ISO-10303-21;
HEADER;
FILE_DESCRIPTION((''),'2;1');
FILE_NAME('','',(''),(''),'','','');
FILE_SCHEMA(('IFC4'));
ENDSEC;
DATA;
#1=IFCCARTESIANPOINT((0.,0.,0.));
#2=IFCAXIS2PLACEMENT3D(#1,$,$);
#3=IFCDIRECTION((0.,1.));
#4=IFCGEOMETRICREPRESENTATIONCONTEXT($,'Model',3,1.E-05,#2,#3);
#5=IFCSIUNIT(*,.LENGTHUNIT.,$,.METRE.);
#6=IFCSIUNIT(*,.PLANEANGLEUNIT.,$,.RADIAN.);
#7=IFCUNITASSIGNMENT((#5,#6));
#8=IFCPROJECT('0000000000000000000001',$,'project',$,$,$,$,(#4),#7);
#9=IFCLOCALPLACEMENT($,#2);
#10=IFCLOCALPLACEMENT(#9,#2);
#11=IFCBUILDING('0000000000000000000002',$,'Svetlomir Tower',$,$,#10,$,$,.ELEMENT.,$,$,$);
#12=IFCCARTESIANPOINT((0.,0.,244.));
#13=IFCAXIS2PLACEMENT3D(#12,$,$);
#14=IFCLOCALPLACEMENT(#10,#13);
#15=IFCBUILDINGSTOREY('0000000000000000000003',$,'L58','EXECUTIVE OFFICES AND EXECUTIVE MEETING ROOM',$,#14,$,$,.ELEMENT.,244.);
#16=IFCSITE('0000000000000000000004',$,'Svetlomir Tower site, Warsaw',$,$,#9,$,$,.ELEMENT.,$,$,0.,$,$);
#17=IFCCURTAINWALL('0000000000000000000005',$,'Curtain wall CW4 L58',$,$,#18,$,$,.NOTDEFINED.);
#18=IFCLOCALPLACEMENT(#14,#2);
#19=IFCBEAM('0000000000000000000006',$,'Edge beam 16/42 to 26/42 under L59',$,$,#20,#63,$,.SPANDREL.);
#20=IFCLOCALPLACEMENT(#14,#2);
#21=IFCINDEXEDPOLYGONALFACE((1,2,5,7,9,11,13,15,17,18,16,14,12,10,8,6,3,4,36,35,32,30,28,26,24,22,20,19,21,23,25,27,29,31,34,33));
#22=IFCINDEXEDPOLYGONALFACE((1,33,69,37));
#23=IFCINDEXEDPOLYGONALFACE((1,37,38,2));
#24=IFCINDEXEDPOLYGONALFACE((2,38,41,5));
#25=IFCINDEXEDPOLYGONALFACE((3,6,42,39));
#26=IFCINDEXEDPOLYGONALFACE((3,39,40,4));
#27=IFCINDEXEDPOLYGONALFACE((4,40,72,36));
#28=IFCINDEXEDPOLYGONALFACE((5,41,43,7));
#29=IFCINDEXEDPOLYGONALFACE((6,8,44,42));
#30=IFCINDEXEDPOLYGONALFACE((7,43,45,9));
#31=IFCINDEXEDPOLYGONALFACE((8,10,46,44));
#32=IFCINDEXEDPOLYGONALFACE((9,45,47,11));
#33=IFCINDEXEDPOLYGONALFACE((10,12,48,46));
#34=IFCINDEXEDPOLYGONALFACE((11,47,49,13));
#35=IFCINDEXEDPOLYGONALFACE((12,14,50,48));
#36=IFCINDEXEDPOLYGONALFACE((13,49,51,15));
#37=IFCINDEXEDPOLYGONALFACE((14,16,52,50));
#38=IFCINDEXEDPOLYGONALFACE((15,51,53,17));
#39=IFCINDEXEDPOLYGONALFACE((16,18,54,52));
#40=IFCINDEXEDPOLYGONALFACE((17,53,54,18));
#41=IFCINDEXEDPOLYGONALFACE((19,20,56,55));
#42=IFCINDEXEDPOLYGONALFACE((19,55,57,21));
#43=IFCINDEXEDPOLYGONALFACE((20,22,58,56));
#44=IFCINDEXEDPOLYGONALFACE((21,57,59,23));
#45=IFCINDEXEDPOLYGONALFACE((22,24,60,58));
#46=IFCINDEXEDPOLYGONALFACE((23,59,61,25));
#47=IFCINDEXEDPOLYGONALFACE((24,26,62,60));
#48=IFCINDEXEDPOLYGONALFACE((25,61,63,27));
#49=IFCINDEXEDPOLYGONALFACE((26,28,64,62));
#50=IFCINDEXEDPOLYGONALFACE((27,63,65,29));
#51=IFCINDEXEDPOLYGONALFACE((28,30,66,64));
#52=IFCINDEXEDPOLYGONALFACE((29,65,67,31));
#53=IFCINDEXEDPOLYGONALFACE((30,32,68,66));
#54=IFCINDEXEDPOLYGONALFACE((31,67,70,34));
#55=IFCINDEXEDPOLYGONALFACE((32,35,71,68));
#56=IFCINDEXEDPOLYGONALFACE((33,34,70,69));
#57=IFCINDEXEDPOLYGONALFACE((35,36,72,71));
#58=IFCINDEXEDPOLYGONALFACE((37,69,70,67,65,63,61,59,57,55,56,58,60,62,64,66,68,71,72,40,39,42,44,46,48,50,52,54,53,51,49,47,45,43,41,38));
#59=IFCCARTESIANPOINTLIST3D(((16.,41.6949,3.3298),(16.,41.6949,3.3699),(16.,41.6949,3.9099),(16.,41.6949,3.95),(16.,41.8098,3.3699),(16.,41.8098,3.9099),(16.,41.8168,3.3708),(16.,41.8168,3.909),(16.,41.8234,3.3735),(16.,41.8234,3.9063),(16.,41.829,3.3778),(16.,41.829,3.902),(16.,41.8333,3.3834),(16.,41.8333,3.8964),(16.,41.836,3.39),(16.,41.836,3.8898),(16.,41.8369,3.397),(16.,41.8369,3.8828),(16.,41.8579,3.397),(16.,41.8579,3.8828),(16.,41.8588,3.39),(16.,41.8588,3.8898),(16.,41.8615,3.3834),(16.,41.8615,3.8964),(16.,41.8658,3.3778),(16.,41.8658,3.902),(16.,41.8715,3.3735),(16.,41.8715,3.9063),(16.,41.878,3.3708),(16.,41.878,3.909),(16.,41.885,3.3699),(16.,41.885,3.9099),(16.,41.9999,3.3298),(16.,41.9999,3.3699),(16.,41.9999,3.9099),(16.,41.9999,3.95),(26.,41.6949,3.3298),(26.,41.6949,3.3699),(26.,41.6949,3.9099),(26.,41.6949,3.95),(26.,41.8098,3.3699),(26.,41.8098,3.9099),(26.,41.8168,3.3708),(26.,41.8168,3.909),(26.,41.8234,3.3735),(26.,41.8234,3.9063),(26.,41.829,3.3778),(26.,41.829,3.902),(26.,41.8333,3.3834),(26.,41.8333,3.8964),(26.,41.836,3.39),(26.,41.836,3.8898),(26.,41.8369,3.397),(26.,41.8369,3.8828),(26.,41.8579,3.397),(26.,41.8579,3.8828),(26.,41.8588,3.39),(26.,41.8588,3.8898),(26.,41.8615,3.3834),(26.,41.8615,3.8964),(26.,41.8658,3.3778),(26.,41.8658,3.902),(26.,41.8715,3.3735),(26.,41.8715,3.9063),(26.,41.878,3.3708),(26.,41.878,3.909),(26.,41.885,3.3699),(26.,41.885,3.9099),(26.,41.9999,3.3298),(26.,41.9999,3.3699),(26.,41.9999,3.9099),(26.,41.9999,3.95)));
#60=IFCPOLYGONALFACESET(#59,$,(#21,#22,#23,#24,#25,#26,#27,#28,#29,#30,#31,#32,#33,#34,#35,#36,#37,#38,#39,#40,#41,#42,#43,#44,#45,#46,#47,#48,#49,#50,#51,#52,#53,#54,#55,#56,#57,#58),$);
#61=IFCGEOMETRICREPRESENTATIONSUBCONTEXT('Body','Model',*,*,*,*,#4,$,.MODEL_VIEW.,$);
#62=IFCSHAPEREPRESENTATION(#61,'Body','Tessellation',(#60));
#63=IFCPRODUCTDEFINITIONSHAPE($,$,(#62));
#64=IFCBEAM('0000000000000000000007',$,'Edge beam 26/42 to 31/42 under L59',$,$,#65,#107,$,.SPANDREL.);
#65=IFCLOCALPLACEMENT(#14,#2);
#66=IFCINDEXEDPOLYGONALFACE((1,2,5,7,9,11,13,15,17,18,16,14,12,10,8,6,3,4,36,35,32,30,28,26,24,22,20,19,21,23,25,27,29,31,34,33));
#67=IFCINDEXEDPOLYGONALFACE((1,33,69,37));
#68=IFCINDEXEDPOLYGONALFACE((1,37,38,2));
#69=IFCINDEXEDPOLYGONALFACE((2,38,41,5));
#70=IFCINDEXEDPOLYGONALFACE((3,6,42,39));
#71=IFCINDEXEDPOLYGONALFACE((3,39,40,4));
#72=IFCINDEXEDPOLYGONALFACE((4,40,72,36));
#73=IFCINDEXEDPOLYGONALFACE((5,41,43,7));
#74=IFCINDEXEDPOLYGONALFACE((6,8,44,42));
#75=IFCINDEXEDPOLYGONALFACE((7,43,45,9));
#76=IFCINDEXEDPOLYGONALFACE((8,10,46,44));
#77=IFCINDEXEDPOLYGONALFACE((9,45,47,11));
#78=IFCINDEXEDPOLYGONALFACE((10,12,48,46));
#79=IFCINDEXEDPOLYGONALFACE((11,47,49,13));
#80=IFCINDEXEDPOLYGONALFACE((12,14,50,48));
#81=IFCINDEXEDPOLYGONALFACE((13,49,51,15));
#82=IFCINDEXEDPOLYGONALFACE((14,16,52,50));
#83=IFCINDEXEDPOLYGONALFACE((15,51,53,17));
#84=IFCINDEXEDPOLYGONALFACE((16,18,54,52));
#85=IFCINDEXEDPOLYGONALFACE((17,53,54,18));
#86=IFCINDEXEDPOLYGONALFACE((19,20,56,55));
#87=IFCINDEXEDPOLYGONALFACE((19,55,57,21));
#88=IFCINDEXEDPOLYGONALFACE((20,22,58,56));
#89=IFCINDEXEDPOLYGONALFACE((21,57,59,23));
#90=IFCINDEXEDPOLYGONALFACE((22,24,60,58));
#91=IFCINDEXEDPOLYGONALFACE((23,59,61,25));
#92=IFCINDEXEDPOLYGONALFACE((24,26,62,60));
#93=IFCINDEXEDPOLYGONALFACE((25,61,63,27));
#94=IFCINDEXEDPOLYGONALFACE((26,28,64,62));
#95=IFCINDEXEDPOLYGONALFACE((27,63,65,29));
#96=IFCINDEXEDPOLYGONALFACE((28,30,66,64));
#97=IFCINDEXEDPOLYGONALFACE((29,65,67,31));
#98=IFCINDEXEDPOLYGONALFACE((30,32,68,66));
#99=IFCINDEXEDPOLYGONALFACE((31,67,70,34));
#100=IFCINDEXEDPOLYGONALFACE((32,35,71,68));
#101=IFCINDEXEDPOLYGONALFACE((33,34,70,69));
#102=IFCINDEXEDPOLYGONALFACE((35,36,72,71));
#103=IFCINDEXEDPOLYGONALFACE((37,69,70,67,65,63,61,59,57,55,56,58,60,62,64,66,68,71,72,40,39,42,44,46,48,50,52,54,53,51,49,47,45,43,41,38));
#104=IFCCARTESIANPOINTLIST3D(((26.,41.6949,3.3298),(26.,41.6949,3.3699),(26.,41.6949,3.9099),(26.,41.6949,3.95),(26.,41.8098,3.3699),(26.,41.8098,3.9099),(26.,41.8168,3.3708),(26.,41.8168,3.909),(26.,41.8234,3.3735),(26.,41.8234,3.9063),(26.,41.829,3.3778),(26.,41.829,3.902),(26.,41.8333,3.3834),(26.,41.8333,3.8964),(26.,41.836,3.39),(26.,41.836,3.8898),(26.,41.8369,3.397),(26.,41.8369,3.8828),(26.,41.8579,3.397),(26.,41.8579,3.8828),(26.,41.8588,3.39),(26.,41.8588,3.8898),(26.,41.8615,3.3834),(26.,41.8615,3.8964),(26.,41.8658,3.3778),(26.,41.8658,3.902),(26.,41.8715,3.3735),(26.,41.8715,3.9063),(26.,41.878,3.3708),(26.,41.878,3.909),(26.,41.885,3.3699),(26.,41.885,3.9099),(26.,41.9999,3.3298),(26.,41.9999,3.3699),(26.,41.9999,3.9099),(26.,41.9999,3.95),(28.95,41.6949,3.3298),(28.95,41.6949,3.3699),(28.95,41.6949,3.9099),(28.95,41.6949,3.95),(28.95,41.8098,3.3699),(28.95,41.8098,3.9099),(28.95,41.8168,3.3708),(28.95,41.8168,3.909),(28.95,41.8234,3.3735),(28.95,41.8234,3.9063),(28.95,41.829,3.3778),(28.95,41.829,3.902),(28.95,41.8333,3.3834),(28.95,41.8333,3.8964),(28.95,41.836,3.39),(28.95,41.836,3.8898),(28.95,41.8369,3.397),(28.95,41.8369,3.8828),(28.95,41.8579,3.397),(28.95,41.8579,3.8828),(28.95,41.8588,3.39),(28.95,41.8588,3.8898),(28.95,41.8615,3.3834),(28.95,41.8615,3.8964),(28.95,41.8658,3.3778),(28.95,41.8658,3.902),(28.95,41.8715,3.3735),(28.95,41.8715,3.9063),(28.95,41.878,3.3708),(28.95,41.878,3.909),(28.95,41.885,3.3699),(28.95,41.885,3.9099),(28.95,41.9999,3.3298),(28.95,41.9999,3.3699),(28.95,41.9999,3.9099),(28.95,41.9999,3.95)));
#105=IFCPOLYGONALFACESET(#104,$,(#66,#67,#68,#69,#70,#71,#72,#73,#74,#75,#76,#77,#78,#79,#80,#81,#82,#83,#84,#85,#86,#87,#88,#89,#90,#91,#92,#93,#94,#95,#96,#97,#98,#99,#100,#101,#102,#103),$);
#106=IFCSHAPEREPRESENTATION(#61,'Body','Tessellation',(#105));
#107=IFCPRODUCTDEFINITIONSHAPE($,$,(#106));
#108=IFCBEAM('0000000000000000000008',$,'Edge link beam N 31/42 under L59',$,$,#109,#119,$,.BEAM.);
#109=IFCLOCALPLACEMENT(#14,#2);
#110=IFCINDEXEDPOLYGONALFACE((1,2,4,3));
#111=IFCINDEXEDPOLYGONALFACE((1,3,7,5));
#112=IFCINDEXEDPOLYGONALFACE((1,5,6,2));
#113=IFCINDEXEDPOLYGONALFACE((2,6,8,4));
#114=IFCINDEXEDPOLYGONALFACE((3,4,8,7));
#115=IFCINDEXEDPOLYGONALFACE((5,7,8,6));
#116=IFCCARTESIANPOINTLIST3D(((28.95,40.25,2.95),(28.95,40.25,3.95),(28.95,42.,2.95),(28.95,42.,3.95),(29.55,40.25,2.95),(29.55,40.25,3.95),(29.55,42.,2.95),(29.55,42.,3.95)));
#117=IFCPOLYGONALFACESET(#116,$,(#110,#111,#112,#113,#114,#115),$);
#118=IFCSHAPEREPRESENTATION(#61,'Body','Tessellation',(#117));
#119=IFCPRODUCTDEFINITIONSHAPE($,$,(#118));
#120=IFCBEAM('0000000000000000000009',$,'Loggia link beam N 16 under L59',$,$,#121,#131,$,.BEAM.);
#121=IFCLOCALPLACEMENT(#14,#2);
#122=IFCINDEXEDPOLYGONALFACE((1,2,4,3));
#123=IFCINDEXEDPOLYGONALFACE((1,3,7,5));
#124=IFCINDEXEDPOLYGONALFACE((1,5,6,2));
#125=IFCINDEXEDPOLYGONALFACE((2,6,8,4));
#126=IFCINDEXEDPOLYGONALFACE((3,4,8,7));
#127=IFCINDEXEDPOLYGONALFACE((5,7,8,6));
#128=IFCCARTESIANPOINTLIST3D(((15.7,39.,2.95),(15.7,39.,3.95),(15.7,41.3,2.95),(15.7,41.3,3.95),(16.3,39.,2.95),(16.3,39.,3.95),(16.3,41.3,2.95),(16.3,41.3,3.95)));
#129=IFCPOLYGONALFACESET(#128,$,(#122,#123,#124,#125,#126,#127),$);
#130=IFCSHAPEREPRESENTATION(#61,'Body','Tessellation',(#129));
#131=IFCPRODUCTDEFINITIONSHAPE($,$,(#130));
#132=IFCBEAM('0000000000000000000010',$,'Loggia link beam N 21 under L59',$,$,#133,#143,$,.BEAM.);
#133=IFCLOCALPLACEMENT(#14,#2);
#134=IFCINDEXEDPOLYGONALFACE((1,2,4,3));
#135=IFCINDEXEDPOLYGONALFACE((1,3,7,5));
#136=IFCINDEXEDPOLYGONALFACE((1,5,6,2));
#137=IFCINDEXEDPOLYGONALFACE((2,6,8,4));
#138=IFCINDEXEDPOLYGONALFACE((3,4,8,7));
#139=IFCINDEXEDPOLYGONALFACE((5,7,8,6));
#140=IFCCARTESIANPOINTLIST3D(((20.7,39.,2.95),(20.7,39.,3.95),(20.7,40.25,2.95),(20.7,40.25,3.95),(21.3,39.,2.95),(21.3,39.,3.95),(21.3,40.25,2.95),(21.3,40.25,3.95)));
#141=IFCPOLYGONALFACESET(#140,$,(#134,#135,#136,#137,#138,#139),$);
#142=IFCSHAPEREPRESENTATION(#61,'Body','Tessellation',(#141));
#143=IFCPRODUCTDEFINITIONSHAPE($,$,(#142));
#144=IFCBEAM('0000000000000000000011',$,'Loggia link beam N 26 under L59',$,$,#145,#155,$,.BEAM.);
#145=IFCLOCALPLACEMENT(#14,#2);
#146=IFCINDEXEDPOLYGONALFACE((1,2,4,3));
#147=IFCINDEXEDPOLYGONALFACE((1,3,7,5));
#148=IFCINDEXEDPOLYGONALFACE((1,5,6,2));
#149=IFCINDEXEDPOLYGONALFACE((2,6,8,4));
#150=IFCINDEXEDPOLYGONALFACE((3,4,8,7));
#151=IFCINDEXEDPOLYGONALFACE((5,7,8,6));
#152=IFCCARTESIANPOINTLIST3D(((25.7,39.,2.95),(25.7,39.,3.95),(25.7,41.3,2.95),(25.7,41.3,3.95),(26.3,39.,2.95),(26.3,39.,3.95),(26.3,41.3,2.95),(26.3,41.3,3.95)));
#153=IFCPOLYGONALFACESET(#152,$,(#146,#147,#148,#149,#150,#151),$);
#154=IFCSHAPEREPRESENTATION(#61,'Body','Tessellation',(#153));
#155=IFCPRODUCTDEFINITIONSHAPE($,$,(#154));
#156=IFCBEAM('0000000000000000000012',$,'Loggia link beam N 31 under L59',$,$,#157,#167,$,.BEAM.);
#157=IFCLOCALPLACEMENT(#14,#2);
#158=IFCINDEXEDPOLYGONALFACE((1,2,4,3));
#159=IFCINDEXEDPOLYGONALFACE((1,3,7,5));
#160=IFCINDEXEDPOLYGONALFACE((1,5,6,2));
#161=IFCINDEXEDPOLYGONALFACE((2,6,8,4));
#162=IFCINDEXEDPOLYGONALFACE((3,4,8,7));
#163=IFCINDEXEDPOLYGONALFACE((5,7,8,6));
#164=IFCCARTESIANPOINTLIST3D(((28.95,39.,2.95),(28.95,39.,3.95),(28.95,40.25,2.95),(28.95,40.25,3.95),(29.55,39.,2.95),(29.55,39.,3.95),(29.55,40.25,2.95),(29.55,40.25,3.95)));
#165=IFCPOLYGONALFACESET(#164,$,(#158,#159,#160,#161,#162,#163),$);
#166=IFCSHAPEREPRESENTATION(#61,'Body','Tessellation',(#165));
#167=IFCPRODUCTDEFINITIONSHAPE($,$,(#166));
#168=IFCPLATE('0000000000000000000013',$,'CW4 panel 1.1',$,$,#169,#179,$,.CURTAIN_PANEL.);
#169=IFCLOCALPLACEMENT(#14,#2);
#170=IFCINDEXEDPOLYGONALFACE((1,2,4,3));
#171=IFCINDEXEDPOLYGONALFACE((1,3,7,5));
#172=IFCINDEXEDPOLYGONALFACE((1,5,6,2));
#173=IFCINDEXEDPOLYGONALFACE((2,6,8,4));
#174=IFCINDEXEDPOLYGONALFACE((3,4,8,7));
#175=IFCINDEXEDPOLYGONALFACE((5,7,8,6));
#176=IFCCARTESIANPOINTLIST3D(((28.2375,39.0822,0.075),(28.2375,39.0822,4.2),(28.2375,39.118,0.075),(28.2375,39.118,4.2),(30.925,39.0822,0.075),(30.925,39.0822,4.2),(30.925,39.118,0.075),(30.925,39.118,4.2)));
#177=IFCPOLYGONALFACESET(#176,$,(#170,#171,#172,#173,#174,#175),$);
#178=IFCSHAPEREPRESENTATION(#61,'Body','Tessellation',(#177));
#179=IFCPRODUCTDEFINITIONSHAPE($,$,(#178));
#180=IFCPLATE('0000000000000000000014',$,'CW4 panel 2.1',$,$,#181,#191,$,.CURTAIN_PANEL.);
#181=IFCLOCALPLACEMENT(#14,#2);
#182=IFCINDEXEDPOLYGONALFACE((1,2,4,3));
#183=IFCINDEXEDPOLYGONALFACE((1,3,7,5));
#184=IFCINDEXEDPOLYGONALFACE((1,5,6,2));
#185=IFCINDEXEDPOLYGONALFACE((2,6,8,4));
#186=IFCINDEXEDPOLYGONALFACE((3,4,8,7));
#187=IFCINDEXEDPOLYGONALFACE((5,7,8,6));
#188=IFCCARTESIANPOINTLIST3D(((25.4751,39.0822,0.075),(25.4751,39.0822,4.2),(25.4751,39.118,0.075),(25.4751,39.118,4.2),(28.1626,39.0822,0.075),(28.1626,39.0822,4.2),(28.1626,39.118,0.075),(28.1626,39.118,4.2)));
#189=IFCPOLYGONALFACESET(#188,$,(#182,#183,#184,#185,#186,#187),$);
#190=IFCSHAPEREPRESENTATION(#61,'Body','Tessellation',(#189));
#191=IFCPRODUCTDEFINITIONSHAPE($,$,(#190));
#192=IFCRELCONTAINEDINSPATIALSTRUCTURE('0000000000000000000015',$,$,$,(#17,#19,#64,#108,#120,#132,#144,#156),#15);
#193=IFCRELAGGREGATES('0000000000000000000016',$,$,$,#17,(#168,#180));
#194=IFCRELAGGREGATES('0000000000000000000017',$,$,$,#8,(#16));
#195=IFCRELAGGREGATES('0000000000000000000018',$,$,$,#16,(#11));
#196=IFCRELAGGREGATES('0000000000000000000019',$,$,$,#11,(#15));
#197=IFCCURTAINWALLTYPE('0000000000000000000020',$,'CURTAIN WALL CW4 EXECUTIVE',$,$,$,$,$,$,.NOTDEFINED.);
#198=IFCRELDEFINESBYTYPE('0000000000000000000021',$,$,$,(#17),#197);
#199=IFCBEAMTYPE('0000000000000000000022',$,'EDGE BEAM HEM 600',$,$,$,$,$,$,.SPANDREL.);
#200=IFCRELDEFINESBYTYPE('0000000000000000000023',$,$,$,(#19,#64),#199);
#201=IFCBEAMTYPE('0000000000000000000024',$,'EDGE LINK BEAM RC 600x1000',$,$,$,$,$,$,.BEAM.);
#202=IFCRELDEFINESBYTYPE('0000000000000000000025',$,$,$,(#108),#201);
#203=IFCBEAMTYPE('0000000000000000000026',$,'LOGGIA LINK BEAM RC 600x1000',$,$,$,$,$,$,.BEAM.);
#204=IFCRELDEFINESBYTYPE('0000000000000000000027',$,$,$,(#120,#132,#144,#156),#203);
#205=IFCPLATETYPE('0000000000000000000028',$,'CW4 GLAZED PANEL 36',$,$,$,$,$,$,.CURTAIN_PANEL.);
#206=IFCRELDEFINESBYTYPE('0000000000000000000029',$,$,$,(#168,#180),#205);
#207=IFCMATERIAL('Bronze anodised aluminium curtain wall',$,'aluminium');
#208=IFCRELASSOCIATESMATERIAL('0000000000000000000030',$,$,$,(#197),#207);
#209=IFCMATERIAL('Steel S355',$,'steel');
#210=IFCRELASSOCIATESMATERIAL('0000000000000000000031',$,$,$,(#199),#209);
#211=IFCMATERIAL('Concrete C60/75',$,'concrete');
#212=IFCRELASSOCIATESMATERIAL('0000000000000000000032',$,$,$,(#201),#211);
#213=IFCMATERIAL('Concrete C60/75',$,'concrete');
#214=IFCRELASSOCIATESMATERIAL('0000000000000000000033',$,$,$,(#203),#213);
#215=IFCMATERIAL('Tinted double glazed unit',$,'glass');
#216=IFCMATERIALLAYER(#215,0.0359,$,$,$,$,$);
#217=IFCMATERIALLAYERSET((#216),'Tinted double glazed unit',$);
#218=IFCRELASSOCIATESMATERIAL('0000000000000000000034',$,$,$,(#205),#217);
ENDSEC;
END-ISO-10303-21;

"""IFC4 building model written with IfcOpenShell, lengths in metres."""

from ifc_helpers import new_model, si_unit, direction, frame, origin, origin_2d, place, context, subcontext, project, spatial, rectangle, i_section, extrude, material, layer, layer_set, material_profile, profile_set, type_object, element, aggregate, save


model = new_model("IFC4")

# Units and contexts
model_context = context("Model", 3, precision=1e-05, world=origin(), true_north=direction((0.0, 1.0)))
body_context = subcontext(model_context, "Body", "Model", "MODEL_VIEW")
ifc_project = project(units=[si_unit("LENGTHUNIT", "METRE"), si_unit("PLANEANGLEUNIT", "RADIAN")], contexts=[model_context])

# Site, building, storey
site_placement = place(None, origin())
site = spatial("IfcSite", under=ifc_project, at=site_placement, Name="Svetlomir Tower site, Warsaw", CompositionType="ELEMENT", RefElevation=0.0)
building_placement = place(site_placement, origin())
building = spatial("IfcBuilding", under=site, at=building_placement, Name="Svetlomir Tower", CompositionType="ELEMENT")
storey_placement = place(building_placement, frame((0.0, 0.0, 244.0)))
storey = spatial("IfcBuildingStorey", under=building, at=storey_placement, Name="L58", Description="EXECUTIVE OFFICES AND EXECUTIVE MEETING ROOM", CompositionType="ELEMENT", Elevation=244.0)

# Shared definitions
ifc_material_1 = material(Name="Bronze anodised aluminium curtain wall", Category="aluminium")
curtain_wall_type = type_object("IfcCurtainWallType", Name="CURTAIN WALL CW4 EXECUTIVE", PredefinedType="NOTDEFINED", material=ifc_material_1)

# Curtain wall
curtain_wall_1_placement = place(storey_placement, origin())
curtain_wall_1 = element("IfcCurtainWall", 1, at=curtain_wall_1_placement, inside=storey, type_object=curtain_wall_type, Name="Curtain wall CW4 L58", PredefinedType="NOTDEFINED")

# Beams
ifc_material_2 = material(Name="Steel S355", Category="steel")
ifc_material_profile_1 = material_profile(ifc_material_2, i_section(OverallWidth=0.3049, OverallDepth=0.6201, WebThickness=0.021, FlangeThickness=0.04, FilletRadius=0.0271, at=origin_2d()), Name="HEM 600")
ifc_profile_set_1 = profile_set([ifc_material_profile_1], Name="Steel S355")
beam_type_1 = type_object("IfcBeamType", Name="EDGE BEAM HEM 600", PredefinedType="SPANDREL", material=ifc_profile_set_1)
beam_1_placement = place(storey_placement, frame((16.0, 41.8474, 3.6399), z_axis=(1.0, 0.0, 0.0), x_axis=(0.0, 1.0, 0.0)))
element("IfcBeam", 2, at=beam_1_placement, inside=storey, type_object=beam_type_1, Name="Edge beam 16/42 to 26/42 under L59", PredefinedType="SPANDREL", context=body_context, shape_type="SweptSolid", body=[
    extrude(i_section(OverallWidth=0.3049, OverallDepth=0.6201, WebThickness=0.021, FlangeThickness=0.04, FilletRadius=0.0271, at=origin_2d()), origin(), (0.0, 0.0, 1.0), 10.0),
])
beam_2_placement = place(storey_placement, frame((26.0, 41.8474, 3.6399), z_axis=(1.0, 0.0, 0.0), x_axis=(0.0, 1.0, 0.0)))
element("IfcBeam", 3, at=beam_2_placement, inside=storey, type_object=beam_type_1, Name="Edge beam 26/42 to 31/42 under L59", PredefinedType="SPANDREL", context=body_context, shape_type="SweptSolid", body=[
    extrude(i_section(OverallWidth=0.3049, OverallDepth=0.6201, WebThickness=0.021, FlangeThickness=0.04, FilletRadius=0.0271, at=origin_2d()), origin(), (0.0, 0.0, 1.0), 2.95),
])
ifc_material_3 = material(Name="Concrete C60/75", Category="concrete")
ifc_material_profile_2 = material_profile(ifc_material_3, rectangle(XDim=0.6001, YDim=1.0, at=origin_2d()), Name="RC 600x1000")
ifc_profile_set_2 = profile_set([ifc_material_profile_2], Name="Concrete C60/75")
beam_type_2 = type_object("IfcBeamType", Name="EDGE LINK BEAM RC 600x1000", PredefinedType="BEAM", material=ifc_profile_set_2)
beam_3_placement = place(storey_placement, frame((29.25, 40.25, 3.45), z_axis=(0.0, 1.0, 0.0), x_axis=(-1.0, 0.0, 0.0)))
element("IfcBeam", 4, at=beam_3_placement, inside=storey, type_object=beam_type_2, Name="Edge link beam N 31/42 under L59", PredefinedType="BEAM", context=body_context, shape_type="SweptSolid", body=[
    extrude(rectangle(XDim=0.6001, YDim=1.0, at=origin_2d()), origin(), (0.0, 0.0, 1.0), 1.75),
])
ifc_material_4 = material(Name="Concrete C60/75", Category="concrete")
ifc_material_profile_3 = material_profile(ifc_material_4, rectangle(XDim=0.6001, YDim=1.0, at=origin_2d()), Name="RC 600x1000")
ifc_profile_set_3 = profile_set([ifc_material_profile_3], Name="Concrete C60/75")
beam_type_3 = type_object("IfcBeamType", Name="LOGGIA LINK BEAM RC 600x1000", PredefinedType="BEAM", material=ifc_profile_set_3)
beam_4_placement = place(storey_placement, frame((16.0, 41.3, 3.45), z_axis=(0.0, -1.0, 0.0), x_axis=(1.0, 0.0, 0.0)))
element("IfcBeam", 5, at=beam_4_placement, inside=storey, type_object=beam_type_3, Name="Loggia link beam N 16 under L59", PredefinedType="BEAM", context=body_context, shape_type="SweptSolid", body=[
    extrude(rectangle(XDim=0.6001, YDim=1.0, at=origin_2d()), origin(), (0.0, 0.0, 1.0), 2.3),
])
beam_5_placement = place(storey_placement, frame((21.0, 40.25, 3.45), z_axis=(0.0, -1.0, 0.0), x_axis=(1.0, 0.0, 0.0)))
element("IfcBeam", 6, at=beam_5_placement, inside=storey, type_object=beam_type_3, Name="Loggia link beam N 21 under L59", PredefinedType="BEAM", context=body_context, shape_type="SweptSolid", body=[
    extrude(rectangle(XDim=0.6001, YDim=1.0, at=origin_2d()), origin(), (0.0, 0.0, 1.0), 1.25),
])
beam_6_placement = place(storey_placement, frame((26.0, 41.3, 3.45), z_axis=(0.0, -1.0, 0.0), x_axis=(1.0, 0.0, 0.0)))
element("IfcBeam", 7, at=beam_6_placement, inside=storey, type_object=beam_type_3, Name="Loggia link beam N 26 under L59", PredefinedType="BEAM", context=body_context, shape_type="SweptSolid", body=[
    extrude(rectangle(XDim=0.6001, YDim=1.0, at=origin_2d()), origin(), (0.0, 0.0, 1.0), 2.3),
])
beam_7_placement = place(storey_placement, frame((29.25, 40.25, 3.45), z_axis=(0.0, -1.0, 0.0), x_axis=(1.0, 0.0, 0.0)))
element("IfcBeam", 8, at=beam_7_placement, inside=storey, type_object=beam_type_3, Name="Loggia link beam N 31 under L59", PredefinedType="BEAM", context=body_context, shape_type="SweptSolid", body=[
    extrude(rectangle(XDim=0.6001, YDim=1.0, at=origin_2d()), origin(), (0.0, 0.0, 1.0), 1.25),
])

# Plates
ifc_material_5 = material(Name="Tinted double glazed unit", Category="glass")
ifc_layer_1 = layer(ifc_material_5, 0.0359)
ifc_layer_set_1 = layer_set([ifc_layer_1], Name="Tinted double glazed unit")
plate_type = type_object("IfcPlateType", Name="CW4 GLAZED PANEL 36", PredefinedType="CURTAIN_PANEL", material=ifc_layer_set_1)
plate_1_placement = place(storey_placement, frame((29.5813, 39.1001, 0.075), z_axis=(0.0, 0.0, 1.0), x_axis=(-1.0, 0.0, 0.0)))
plate_1 = element("IfcPlate", 9, at=plate_1_placement, type_object=plate_type, Name="CW4 panel 1.1", PredefinedType="CURTAIN_PANEL", context=body_context, shape_type="SweptSolid", body=[
    extrude(rectangle(XDim=2.6875, YDim=0.0359, at=origin_2d()), origin(), (0.0, 0.0, 1.0), 4.125),
])
plate_2_placement = place(storey_placement, frame((26.8188, 39.1001, 0.075), z_axis=(0.0, 0.0, 1.0), x_axis=(-1.0, 0.0, 0.0)))
plate_2 = element("IfcPlate", 10, at=plate_2_placement, type_object=plate_type, Name="CW4 panel 2.1", PredefinedType="CURTAIN_PANEL", context=body_context, shape_type="SweptSolid", body=[
    extrude(rectangle(XDim=2.6875, YDim=0.0359, at=origin_2d()), origin(), (0.0, 0.0, 1.0), 4.125),
])
aggregate(curtain_wall_1, [plate_1, plate_2])

save(model, "model.ifc")
